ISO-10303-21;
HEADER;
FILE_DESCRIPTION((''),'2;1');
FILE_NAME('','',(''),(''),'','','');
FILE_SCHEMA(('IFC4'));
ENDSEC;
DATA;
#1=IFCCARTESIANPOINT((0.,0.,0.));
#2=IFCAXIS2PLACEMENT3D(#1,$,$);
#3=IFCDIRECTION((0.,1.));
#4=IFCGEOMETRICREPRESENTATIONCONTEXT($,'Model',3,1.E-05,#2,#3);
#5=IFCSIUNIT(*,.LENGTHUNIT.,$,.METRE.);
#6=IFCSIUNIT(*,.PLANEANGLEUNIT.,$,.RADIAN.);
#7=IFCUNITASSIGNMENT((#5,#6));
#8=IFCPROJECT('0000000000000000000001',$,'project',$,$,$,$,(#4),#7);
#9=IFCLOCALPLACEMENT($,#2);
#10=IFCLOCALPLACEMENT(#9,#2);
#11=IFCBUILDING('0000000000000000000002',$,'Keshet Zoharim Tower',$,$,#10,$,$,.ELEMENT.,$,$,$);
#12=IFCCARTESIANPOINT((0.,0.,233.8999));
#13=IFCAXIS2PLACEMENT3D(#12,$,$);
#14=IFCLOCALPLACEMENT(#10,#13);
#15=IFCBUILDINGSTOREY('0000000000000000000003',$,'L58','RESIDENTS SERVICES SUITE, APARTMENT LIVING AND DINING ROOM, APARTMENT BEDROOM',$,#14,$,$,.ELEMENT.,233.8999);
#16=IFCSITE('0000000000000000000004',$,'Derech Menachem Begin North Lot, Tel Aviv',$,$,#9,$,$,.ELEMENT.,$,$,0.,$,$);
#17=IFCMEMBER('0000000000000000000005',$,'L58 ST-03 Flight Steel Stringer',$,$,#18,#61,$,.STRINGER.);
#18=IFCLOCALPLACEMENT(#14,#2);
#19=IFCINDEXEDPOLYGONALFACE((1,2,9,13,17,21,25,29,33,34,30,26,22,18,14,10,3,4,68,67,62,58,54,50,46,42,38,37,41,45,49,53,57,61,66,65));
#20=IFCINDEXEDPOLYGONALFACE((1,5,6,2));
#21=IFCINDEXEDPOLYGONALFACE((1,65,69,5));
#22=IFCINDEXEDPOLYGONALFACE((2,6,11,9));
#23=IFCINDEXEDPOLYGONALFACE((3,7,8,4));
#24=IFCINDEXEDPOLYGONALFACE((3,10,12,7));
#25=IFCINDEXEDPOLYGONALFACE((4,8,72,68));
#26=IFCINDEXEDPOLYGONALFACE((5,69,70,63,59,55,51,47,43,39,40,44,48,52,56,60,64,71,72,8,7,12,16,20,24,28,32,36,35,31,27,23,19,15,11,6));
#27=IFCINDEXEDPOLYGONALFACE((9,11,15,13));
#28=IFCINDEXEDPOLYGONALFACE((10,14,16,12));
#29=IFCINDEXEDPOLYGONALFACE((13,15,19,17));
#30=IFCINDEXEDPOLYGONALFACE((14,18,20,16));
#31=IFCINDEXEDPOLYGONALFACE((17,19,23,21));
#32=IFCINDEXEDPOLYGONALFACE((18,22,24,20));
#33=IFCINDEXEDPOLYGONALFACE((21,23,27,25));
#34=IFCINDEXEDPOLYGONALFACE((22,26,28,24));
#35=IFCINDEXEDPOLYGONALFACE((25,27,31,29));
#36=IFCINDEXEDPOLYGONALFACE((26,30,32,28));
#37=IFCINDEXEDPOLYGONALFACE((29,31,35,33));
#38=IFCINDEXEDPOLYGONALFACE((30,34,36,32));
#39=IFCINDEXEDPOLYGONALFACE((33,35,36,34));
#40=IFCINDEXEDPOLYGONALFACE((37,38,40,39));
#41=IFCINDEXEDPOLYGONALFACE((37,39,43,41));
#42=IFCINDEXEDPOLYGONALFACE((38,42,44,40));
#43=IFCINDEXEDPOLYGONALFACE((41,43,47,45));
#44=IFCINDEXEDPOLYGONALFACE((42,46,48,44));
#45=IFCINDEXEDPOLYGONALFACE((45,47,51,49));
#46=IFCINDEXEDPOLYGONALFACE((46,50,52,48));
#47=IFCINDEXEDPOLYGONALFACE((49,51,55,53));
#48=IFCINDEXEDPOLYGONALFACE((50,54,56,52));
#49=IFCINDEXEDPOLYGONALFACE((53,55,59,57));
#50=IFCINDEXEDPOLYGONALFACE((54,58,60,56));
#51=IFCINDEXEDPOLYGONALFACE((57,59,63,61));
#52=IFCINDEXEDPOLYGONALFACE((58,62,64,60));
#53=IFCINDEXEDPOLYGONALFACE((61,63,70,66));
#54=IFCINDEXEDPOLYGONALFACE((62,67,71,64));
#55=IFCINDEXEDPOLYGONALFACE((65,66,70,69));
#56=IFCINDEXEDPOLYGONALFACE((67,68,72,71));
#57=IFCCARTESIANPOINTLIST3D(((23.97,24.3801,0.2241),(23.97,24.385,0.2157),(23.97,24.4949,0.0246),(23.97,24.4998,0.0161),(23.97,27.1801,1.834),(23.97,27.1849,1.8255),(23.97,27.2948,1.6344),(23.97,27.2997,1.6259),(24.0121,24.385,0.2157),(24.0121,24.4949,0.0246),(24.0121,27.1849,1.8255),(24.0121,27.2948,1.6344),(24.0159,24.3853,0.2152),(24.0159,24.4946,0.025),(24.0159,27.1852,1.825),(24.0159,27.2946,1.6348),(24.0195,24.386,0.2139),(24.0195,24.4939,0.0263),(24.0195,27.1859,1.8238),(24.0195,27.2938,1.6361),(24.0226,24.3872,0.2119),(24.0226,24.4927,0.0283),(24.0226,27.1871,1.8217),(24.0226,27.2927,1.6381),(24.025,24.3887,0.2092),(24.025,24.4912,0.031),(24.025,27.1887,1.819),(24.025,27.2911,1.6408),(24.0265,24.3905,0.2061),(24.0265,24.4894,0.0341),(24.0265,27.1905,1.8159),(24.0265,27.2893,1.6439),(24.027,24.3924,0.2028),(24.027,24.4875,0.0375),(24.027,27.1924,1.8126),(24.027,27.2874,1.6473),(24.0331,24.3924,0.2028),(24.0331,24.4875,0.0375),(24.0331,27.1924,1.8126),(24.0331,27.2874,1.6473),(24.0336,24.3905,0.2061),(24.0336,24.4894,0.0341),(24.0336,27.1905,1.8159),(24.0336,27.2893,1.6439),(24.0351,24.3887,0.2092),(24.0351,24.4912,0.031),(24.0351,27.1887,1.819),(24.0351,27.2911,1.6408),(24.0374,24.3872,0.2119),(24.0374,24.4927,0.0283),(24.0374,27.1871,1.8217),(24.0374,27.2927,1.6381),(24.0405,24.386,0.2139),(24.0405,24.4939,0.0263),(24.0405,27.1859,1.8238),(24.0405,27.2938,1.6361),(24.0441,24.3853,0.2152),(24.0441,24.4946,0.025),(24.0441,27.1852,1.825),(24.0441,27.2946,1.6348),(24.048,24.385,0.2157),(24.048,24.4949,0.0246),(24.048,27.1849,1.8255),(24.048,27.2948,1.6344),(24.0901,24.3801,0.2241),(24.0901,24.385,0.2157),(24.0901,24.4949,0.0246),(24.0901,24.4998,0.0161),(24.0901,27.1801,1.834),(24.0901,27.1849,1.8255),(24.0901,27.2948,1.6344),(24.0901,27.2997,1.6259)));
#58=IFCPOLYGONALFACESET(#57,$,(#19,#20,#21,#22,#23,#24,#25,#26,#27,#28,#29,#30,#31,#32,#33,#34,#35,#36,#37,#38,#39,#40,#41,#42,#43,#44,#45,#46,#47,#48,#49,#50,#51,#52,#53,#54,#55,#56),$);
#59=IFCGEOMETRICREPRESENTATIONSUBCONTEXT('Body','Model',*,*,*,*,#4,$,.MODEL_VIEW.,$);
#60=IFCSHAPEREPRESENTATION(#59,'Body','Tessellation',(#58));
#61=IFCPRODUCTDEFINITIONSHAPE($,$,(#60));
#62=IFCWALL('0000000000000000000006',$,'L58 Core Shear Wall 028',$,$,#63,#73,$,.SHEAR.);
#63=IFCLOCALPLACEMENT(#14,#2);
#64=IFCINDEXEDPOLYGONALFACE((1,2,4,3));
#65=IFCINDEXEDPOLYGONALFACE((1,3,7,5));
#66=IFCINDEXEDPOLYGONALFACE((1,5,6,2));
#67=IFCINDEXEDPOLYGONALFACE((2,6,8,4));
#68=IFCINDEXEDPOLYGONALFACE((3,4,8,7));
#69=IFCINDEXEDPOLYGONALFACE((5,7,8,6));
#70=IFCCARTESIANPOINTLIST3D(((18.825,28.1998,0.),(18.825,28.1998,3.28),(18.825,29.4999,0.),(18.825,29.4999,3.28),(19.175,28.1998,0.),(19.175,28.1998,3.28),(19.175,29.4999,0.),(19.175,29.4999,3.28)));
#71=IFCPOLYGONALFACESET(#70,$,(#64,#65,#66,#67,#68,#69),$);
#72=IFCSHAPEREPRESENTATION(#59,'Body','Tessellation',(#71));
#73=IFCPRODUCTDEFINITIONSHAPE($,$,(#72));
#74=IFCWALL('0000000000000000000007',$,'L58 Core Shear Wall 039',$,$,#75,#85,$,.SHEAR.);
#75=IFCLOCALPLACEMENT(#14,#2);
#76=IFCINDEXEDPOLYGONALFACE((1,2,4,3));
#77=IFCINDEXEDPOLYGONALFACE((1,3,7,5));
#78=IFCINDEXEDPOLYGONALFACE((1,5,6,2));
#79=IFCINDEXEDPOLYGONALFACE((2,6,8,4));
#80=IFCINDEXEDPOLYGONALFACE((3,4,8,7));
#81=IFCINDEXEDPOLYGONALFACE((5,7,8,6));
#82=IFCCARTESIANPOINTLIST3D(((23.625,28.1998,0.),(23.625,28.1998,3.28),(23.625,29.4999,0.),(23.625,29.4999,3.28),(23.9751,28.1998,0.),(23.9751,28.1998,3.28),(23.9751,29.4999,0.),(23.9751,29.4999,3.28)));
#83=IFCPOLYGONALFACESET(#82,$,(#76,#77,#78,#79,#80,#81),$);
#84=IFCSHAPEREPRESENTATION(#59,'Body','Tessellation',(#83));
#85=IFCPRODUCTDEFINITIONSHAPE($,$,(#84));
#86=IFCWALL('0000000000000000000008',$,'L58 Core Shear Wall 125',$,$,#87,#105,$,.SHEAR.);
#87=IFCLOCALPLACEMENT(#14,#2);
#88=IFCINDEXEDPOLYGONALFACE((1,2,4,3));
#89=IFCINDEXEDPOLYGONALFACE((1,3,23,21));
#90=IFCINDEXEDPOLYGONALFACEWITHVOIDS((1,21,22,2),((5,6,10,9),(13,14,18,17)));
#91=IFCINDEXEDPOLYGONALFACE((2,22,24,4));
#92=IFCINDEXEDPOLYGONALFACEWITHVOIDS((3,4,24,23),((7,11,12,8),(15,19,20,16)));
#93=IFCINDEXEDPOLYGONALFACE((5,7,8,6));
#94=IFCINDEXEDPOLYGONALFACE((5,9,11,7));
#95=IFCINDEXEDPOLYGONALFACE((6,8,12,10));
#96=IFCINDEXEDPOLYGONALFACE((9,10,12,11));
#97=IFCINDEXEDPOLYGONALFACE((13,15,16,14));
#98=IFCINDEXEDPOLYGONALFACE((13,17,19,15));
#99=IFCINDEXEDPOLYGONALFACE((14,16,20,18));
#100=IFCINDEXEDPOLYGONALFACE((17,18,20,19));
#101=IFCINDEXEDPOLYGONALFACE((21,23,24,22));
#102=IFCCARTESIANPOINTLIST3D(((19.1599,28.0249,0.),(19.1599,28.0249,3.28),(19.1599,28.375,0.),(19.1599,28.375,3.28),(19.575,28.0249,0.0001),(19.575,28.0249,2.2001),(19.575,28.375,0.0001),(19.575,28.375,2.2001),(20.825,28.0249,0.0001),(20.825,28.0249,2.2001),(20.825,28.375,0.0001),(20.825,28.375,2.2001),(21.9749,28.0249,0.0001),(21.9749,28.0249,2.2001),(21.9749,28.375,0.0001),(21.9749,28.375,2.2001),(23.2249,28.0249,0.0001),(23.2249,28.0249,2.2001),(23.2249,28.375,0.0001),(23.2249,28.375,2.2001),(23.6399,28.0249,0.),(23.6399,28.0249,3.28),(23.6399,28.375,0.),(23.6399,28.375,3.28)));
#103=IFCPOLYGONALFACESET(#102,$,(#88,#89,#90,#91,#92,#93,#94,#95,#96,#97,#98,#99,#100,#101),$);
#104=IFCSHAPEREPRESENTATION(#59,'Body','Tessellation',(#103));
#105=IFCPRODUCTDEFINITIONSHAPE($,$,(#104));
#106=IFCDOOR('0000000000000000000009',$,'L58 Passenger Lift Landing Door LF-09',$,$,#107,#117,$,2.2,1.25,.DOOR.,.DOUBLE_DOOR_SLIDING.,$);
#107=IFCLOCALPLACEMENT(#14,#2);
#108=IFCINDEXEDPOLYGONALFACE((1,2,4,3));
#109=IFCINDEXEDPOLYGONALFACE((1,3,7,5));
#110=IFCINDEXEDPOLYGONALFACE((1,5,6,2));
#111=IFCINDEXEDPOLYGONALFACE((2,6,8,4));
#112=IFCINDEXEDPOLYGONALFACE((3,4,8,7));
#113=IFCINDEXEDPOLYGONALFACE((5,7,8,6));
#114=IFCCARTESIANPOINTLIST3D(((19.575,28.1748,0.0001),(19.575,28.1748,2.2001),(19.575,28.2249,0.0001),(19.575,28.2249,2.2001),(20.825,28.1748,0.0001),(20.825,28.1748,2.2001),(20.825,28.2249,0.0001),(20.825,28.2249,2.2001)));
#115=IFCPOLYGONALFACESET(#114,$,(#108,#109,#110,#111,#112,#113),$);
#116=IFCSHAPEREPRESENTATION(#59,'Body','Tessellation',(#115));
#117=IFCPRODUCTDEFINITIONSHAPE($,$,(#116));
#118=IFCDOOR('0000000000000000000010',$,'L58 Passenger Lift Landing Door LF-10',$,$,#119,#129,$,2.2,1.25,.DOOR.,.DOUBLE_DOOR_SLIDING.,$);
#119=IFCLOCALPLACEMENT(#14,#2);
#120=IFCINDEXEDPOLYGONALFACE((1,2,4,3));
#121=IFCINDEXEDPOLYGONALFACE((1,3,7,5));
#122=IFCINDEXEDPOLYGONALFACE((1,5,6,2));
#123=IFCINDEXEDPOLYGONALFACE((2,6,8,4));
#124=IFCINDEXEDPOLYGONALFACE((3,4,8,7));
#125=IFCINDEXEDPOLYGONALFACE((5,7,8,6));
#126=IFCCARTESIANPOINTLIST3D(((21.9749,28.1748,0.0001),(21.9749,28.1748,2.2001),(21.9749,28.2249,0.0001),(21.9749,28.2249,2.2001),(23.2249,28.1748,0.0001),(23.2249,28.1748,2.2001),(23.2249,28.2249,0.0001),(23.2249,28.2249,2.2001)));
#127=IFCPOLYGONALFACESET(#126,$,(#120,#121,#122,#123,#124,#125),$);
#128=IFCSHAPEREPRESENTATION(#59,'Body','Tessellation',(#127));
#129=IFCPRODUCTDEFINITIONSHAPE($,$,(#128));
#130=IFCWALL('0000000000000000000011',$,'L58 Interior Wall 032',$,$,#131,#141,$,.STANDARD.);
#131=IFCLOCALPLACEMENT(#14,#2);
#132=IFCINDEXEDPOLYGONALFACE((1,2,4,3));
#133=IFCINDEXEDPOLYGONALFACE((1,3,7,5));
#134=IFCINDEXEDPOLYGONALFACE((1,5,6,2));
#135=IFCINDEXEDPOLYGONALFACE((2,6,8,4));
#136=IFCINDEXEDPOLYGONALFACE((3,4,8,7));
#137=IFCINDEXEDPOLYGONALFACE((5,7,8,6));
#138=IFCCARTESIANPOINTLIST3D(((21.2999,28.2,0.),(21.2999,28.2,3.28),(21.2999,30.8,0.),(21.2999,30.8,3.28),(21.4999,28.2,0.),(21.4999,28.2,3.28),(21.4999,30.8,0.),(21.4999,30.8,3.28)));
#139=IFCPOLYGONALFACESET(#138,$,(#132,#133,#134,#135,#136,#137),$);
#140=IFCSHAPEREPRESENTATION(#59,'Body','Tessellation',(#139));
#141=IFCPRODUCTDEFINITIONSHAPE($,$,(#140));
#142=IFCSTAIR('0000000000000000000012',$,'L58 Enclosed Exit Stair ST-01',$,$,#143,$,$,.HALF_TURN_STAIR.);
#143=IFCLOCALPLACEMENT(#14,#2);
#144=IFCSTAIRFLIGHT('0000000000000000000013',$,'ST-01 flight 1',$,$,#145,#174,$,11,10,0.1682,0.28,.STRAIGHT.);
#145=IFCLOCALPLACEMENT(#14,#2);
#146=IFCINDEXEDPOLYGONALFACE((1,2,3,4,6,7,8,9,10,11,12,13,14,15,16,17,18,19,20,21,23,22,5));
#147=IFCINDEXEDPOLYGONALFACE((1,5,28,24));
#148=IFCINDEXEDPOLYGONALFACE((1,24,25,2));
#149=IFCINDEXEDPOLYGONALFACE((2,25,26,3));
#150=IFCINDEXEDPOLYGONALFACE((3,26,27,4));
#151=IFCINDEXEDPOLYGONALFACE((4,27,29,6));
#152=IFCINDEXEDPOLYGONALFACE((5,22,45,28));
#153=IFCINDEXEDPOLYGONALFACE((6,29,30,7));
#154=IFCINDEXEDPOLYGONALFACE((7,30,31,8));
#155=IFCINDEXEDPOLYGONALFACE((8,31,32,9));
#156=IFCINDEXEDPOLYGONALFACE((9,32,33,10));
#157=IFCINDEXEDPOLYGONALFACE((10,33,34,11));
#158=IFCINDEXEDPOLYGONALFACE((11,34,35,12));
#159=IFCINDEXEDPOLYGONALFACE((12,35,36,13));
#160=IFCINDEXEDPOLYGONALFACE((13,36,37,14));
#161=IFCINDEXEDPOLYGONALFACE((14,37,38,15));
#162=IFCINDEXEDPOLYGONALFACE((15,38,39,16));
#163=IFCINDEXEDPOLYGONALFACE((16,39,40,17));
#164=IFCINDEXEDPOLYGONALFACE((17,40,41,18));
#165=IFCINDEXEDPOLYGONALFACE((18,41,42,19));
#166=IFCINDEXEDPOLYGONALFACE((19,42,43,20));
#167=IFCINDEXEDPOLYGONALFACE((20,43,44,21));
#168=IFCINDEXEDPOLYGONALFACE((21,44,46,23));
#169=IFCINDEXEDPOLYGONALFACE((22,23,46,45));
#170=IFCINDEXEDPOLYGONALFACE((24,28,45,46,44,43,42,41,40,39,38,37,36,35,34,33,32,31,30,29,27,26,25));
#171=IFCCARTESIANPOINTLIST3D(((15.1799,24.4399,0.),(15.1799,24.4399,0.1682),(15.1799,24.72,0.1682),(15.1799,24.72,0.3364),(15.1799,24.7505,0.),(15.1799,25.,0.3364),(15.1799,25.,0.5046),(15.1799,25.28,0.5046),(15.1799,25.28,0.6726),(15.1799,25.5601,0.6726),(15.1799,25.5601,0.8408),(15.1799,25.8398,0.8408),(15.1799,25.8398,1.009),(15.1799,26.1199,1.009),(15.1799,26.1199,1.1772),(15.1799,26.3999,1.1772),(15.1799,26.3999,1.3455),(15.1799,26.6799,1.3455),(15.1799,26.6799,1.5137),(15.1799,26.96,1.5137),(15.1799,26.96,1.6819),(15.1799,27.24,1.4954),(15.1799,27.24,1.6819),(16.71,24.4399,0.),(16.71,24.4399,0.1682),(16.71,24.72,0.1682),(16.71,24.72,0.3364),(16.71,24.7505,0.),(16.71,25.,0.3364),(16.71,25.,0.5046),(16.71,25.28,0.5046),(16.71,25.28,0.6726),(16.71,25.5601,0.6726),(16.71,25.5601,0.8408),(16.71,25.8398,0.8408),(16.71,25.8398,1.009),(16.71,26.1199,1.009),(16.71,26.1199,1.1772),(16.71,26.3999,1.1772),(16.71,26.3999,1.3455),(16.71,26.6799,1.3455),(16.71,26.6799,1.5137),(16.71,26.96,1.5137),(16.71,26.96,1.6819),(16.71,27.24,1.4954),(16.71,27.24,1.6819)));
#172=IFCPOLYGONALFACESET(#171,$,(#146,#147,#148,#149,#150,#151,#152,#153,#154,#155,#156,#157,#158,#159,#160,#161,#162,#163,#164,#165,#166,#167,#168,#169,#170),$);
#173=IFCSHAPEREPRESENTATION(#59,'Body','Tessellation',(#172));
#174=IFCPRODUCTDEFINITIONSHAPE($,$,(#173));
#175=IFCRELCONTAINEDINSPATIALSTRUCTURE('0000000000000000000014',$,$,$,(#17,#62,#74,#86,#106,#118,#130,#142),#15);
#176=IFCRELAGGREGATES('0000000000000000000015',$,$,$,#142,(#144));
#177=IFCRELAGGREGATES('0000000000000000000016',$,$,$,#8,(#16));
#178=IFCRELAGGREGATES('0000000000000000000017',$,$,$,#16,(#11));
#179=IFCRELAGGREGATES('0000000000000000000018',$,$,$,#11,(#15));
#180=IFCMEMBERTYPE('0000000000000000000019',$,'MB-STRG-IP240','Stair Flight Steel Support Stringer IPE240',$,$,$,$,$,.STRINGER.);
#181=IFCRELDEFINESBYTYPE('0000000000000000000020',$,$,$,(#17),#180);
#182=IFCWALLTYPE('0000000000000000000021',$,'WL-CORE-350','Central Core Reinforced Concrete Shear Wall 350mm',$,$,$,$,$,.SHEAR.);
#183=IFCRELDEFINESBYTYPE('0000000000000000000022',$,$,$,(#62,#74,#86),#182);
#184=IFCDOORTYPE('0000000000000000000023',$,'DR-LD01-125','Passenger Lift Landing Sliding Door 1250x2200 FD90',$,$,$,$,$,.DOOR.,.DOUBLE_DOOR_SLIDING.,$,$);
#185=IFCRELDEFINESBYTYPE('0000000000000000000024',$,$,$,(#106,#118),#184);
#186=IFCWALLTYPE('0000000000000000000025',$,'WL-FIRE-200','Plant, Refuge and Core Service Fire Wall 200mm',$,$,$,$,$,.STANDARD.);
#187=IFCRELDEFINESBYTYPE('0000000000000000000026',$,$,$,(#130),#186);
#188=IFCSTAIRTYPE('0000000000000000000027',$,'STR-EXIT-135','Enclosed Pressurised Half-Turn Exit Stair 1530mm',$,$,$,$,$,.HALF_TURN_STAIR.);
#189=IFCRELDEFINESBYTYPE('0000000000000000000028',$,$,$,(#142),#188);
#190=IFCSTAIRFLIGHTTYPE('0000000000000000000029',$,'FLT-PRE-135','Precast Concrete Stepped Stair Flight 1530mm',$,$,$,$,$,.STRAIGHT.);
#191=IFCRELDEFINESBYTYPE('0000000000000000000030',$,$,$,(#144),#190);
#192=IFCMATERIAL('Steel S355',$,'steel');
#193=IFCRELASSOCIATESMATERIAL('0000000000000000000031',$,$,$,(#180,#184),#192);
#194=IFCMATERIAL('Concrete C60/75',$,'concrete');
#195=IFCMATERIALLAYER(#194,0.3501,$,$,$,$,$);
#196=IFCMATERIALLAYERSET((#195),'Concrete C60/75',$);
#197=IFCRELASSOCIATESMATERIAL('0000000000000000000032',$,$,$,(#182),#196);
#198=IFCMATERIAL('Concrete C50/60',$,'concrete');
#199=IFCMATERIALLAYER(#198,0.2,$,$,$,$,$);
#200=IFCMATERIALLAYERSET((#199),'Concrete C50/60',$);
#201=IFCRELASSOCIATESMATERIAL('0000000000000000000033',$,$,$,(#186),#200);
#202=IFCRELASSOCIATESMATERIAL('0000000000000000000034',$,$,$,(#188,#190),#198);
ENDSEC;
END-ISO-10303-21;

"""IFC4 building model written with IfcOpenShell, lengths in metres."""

from ifc_helpers import new_model, si_unit, direction, frame, frame_2d, origin, origin_2d, place, context, subcontext, project, spatial, polyline, rectangle, i_section, outline, extrude, material, layer, layer_set, material_profile, profile_set, type_object, element, fill, aggregate, save


model = new_model("IFC4")

# Units and contexts
model_context = context("Model", 3, precision=1e-05, world=origin(), true_north=direction((0.0, 1.0)))
body_context = subcontext(model_context, "Body", "Model", "MODEL_VIEW")
ifc_project = project(units=[si_unit("LENGTHUNIT", "METRE"), si_unit("PLANEANGLEUNIT", "RADIAN")], contexts=[model_context])

# Site, building, storey
site_placement = place(None, origin())
site = spatial("IfcSite", under=ifc_project, at=site_placement, Name="Derech Menachem Begin North Lot, Tel Aviv", CompositionType="ELEMENT", RefElevation=0.0)
building_placement = place(site_placement, origin())
building = spatial("IfcBuilding", under=site, at=building_placement, Name="Keshet Zoharim Tower", CompositionType="ELEMENT")
storey_placement = place(building_placement, frame((0.0, 0.0, 233.8999)))
storey = spatial("IfcBuildingStorey", under=building, at=storey_placement, Name="L58", Description="RESIDENTS SERVICES SUITE, APARTMENT LIVING AND DINING ROOM, APARTMENT BEDROOM", CompositionType="ELEMENT", Elevation=233.8999)

# Member
ifc_material_1 = material(Name="Steel S355", Category="steel")
ifc_material_profile = material_profile(ifc_material_1, i_section(OverallWidth=0.1201, OverallDepth=0.24, WebThickness=0.0061, FlangeThickness=0.0098, FilletRadius=0.0149, at=origin_2d()), Name="IPE240")
ifc_profile_set = profile_set([ifc_material_profile], Name="Steel S355")
member_type = type_object("IfcMemberType", Name="MB-STRG-IP240", Description="Stair Flight Steel Support Stringer IPE240", PredefinedType="STRINGER", material=ifc_profile_set)
member_placement = place(storey_placement, frame((24.03, 24.4399, 0.1201), z_axis=(0.0, 0.866928, 0.498433), x_axis=(-1.0, 0.0, 0.0)))
element("IfcMember", 1, at=member_placement, inside=storey, type_object=member_type, Name="L58 ST-03 Flight Steel Stringer", PredefinedType="STRINGER", context=body_context, shape_type="SweptSolid", body=[
    extrude(i_section(OverallWidth=0.1201, OverallDepth=0.24, WebThickness=0.0061, FlangeThickness=0.0098, FilletRadius=0.0149, at=origin_2d()), origin(), (0.0, 0.0, 1.0), 3.2297),
])

# Wall
ifc_material_2 = material(Name="Concrete C60/75", Category="concrete")
ifc_layer_1 = layer(ifc_material_2, 0.3501)
ifc_layer_set_1 = layer_set([ifc_layer_1], Name="Concrete C60/75")
wall_type_1 = type_object("IfcWallType", Name="WL-CORE-350", Description="Central Core Reinforced Concrete Shear Wall 350mm", PredefinedType="SHEAR", material=ifc_layer_set_1)
wall_1_placement = place(storey_placement, frame((19.0, 28.2, 0.0), z_axis=(0.0, 0.0, 1.0), x_axis=(0.0, 1.0, 0.0)))
element("IfcWall", 2, at=wall_1_placement, inside=storey, type_object=wall_type_1, Name="L58 Core Shear Wall 028", PredefinedType="SHEAR", context=body_context, shape_type="SweptSolid", body=[
    extrude(rectangle(XDim=1.3, YDim=0.3501, at=frame_2d((0.6499, 0.0))), origin(), (0.0, 0.0, 1.0), 3.28),
])

# Wall
wall_2_placement = place(storey_placement, frame((23.8, 28.2, 0.0), z_axis=(0.0, 0.0, 1.0), x_axis=(0.0, 1.0, 0.0)))
element("IfcWall", 3, at=wall_2_placement, inside=storey, type_object=wall_type_1, Name="L58 Core Shear Wall 039", PredefinedType="SHEAR", context=body_context, shape_type="SweptSolid", body=[
    extrude(rectangle(XDim=1.3, YDim=0.3501, at=frame_2d((0.6499, 0.0))), origin(), (0.0, 0.0, 1.0), 3.28),
])

# Wall, openings, doors
wall_3_placement = place(storey_placement, frame((19.1599, 28.2, 0.0), z_axis=(0.0, 0.0, 1.0), x_axis=(1.0, 0.0, 0.0)))
wall_3 = element("IfcWall", 4, at=wall_3_placement, inside=storey, type_object=wall_type_1, Name="L58 Core Shear Wall 125", PredefinedType="SHEAR", context=body_context, shape_type="SweptSolid", body=[
    extrude(rectangle(XDim=4.48, YDim=0.3501, at=frame_2d((2.24, 0.0))), origin(), (0.0, 0.0, 1.0), 3.28),
])
opening_1_placement = place(wall_3_placement, frame((0.415, 0.0, 0.0)))
opening_1 = element("IfcOpeningElement", 5, at=opening_1_placement, cuts=wall_3, PredefinedType="OPENING", context=body_context, shape_type="SweptSolid", body=[
    extrude(rectangle(XDim=1.25, YDim=2.2, at=frame_2d((0.625, 1.1001))), frame((0.0, 0.1851, 0.0), z_axis=(0.0, -1.0, 0.0), x_axis=(1.0, 0.0, 0.0)), (0.0, 0.0, 1.0), 0.3701),
])
opening_2_placement = place(wall_3_placement, frame((2.8149, 0.0, 0.0)))
opening_2 = element("IfcOpeningElement", 6, at=opening_2_placement, cuts=wall_3, PredefinedType="OPENING", context=body_context, shape_type="SweptSolid", body=[
    extrude(rectangle(XDim=1.25, YDim=2.2, at=frame_2d((0.625, 1.1001))), frame((0.0, 0.1851, 0.0), z_axis=(0.0, -1.0, 0.0), x_axis=(1.0, 0.0, 0.0)), (0.0, 0.0, 1.0), 0.3701),
])
door_type_1 = type_object("IfcDoorType", Name="DR-LD01-125", Description="Passenger Lift Landing Sliding Door 1250x2200 FD90", OperationType="DOUBLE_DOOR_SLIDING", PredefinedType="DOOR", material=ifc_material_1)
door_1_placement = place(opening_1_placement, origin())
door_1 = element("IfcDoor", 7, at=door_1_placement, inside=storey, type_object=door_type_1, Name="L58 Passenger Lift Landing Door LF-09", OperationType="DOUBLE_DOOR_SLIDING", OverallHeight=2.2, OverallWidth=1.25, PredefinedType="DOOR", context=body_context, shape_type="SweptSolid", body=[
    extrude(rectangle(XDim=1.25, YDim=2.2, at=frame_2d((0.625, 1.1001))), frame((0.0, 0.0249, 0.0), z_axis=(0.0, -1.0, 0.0), x_axis=(1.0, 0.0, 0.0)), (0.0, 0.0, 1.0), 0.05),
])
fill(opening_1, door_1)
door_2_placement = place(opening_2_placement, origin())
door_2 = element("IfcDoor", 8, at=door_2_placement, inside=storey, type_object=door_type_1, Name="L58 Passenger Lift Landing Door LF-10", OperationType="DOUBLE_DOOR_SLIDING", OverallHeight=2.2, OverallWidth=1.25, PredefinedType="DOOR", context=body_context, shape_type="SweptSolid", body=[
    extrude(rectangle(XDim=1.25, YDim=2.2, at=frame_2d((0.625, 1.1001))), frame((0.0, 0.0249, 0.0), z_axis=(0.0, -1.0, 0.0), x_axis=(1.0, 0.0, 0.0)), (0.0, 0.0, 1.0), 0.05),
])
fill(opening_2, door_2)

# Wall
ifc_material_3 = material(Name="Concrete C50/60", Category="concrete")
ifc_layer_2 = layer(ifc_material_3, 0.2)
ifc_layer_set_2 = layer_set([ifc_layer_2], Name="Concrete C50/60")
wall_type_2 = type_object("IfcWallType", Name="WL-FIRE-200", Description="Plant, Refuge and Core Service Fire Wall 200mm", PredefinedType="STANDARD", material=ifc_layer_set_2)
wall_4_placement = place(storey_placement, frame((21.3999, 28.2, 0.0), z_axis=(0.0, 0.0, 1.0), x_axis=(0.0, 1.0, 0.0)))
element("IfcWall", 9, at=wall_4_placement, inside=storey, type_object=wall_type_2, Name="L58 Interior Wall 032", PredefinedType="STANDARD", context=body_context, shape_type="SweptSolid", body=[
    extrude(rectangle(XDim=2.6001, YDim=0.2, at=frame_2d((1.3, 0.0))), origin(), (0.0, 0.0, 1.0), 3.28),
])

# Stair, stair flight
stair_type = type_object("IfcStairType", Name="STR-EXIT-135", Description="Enclosed Pressurised Half-Turn Exit Stair 1530mm", PredefinedType="HALF_TURN_STAIR", material=ifc_material_3)
stair_1_placement = place(storey_placement, origin())
stair_1 = element("IfcStair", 10, at=stair_1_placement, inside=storey, type_object=stair_type, Name="L58 Enclosed Exit Stair ST-01", PredefinedType="HALF_TURN_STAIR")
stair_flight_type_1 = type_object("IfcStairFlightType", Name="FLT-PRE-135", Description="Precast Concrete Stepped Stair Flight 1530mm", PredefinedType="STRAIGHT", material=ifc_material_3)
stair_flight_1_placement = place(storey_placement, frame((15.9451, 24.4399, 0.0), z_axis=(0.0, 0.0, 1.0), x_axis=(0.0, 1.0, 0.0)))
stair_flight_1 = element("IfcStairFlight", 11, at=stair_flight_1_placement, type_object=stair_flight_type_1, Name="ST-01 flight 1", NumberOfRisers=11, NumberOfTreads=10, PredefinedType="STRAIGHT", RiserHeight=0.1682, TreadLength=0.28, context=body_context, shape_type="SweptSolid", body=[
    extrude(outline(polyline([(0.0, 0.0), (0.0, 0.1682), (0.28, 0.1682), (0.28, 0.3364), (0.5601, 0.3364), (0.5601, 0.5046), (0.8401, 0.5046), (0.8401, 0.6726), (1.1201, 0.6726), (1.1201, 0.8408), (1.3999, 0.8408), (1.3999, 1.009), (1.6799, 1.009), (1.6799, 1.1772), (1.96, 1.1772), (1.96, 1.3455), (2.24, 1.3455), (2.24, 1.5137), (2.52, 1.5137), (2.52, 1.6819), (2.8, 1.6819), (2.8, 1.8501), (2.8, 1.4954), (0.3105, 0.0), (0.0, 0.0)])), frame((0.0, 0.7651, 0.0), z_axis=(0.0, -1.0, 0.0), x_axis=(1.0, 0.0, 0.0)), (0.0, 0.0, 1.0), 1.53),
])
aggregate(stair_1, [stair_flight_1])

save(model, "model.ifc")
